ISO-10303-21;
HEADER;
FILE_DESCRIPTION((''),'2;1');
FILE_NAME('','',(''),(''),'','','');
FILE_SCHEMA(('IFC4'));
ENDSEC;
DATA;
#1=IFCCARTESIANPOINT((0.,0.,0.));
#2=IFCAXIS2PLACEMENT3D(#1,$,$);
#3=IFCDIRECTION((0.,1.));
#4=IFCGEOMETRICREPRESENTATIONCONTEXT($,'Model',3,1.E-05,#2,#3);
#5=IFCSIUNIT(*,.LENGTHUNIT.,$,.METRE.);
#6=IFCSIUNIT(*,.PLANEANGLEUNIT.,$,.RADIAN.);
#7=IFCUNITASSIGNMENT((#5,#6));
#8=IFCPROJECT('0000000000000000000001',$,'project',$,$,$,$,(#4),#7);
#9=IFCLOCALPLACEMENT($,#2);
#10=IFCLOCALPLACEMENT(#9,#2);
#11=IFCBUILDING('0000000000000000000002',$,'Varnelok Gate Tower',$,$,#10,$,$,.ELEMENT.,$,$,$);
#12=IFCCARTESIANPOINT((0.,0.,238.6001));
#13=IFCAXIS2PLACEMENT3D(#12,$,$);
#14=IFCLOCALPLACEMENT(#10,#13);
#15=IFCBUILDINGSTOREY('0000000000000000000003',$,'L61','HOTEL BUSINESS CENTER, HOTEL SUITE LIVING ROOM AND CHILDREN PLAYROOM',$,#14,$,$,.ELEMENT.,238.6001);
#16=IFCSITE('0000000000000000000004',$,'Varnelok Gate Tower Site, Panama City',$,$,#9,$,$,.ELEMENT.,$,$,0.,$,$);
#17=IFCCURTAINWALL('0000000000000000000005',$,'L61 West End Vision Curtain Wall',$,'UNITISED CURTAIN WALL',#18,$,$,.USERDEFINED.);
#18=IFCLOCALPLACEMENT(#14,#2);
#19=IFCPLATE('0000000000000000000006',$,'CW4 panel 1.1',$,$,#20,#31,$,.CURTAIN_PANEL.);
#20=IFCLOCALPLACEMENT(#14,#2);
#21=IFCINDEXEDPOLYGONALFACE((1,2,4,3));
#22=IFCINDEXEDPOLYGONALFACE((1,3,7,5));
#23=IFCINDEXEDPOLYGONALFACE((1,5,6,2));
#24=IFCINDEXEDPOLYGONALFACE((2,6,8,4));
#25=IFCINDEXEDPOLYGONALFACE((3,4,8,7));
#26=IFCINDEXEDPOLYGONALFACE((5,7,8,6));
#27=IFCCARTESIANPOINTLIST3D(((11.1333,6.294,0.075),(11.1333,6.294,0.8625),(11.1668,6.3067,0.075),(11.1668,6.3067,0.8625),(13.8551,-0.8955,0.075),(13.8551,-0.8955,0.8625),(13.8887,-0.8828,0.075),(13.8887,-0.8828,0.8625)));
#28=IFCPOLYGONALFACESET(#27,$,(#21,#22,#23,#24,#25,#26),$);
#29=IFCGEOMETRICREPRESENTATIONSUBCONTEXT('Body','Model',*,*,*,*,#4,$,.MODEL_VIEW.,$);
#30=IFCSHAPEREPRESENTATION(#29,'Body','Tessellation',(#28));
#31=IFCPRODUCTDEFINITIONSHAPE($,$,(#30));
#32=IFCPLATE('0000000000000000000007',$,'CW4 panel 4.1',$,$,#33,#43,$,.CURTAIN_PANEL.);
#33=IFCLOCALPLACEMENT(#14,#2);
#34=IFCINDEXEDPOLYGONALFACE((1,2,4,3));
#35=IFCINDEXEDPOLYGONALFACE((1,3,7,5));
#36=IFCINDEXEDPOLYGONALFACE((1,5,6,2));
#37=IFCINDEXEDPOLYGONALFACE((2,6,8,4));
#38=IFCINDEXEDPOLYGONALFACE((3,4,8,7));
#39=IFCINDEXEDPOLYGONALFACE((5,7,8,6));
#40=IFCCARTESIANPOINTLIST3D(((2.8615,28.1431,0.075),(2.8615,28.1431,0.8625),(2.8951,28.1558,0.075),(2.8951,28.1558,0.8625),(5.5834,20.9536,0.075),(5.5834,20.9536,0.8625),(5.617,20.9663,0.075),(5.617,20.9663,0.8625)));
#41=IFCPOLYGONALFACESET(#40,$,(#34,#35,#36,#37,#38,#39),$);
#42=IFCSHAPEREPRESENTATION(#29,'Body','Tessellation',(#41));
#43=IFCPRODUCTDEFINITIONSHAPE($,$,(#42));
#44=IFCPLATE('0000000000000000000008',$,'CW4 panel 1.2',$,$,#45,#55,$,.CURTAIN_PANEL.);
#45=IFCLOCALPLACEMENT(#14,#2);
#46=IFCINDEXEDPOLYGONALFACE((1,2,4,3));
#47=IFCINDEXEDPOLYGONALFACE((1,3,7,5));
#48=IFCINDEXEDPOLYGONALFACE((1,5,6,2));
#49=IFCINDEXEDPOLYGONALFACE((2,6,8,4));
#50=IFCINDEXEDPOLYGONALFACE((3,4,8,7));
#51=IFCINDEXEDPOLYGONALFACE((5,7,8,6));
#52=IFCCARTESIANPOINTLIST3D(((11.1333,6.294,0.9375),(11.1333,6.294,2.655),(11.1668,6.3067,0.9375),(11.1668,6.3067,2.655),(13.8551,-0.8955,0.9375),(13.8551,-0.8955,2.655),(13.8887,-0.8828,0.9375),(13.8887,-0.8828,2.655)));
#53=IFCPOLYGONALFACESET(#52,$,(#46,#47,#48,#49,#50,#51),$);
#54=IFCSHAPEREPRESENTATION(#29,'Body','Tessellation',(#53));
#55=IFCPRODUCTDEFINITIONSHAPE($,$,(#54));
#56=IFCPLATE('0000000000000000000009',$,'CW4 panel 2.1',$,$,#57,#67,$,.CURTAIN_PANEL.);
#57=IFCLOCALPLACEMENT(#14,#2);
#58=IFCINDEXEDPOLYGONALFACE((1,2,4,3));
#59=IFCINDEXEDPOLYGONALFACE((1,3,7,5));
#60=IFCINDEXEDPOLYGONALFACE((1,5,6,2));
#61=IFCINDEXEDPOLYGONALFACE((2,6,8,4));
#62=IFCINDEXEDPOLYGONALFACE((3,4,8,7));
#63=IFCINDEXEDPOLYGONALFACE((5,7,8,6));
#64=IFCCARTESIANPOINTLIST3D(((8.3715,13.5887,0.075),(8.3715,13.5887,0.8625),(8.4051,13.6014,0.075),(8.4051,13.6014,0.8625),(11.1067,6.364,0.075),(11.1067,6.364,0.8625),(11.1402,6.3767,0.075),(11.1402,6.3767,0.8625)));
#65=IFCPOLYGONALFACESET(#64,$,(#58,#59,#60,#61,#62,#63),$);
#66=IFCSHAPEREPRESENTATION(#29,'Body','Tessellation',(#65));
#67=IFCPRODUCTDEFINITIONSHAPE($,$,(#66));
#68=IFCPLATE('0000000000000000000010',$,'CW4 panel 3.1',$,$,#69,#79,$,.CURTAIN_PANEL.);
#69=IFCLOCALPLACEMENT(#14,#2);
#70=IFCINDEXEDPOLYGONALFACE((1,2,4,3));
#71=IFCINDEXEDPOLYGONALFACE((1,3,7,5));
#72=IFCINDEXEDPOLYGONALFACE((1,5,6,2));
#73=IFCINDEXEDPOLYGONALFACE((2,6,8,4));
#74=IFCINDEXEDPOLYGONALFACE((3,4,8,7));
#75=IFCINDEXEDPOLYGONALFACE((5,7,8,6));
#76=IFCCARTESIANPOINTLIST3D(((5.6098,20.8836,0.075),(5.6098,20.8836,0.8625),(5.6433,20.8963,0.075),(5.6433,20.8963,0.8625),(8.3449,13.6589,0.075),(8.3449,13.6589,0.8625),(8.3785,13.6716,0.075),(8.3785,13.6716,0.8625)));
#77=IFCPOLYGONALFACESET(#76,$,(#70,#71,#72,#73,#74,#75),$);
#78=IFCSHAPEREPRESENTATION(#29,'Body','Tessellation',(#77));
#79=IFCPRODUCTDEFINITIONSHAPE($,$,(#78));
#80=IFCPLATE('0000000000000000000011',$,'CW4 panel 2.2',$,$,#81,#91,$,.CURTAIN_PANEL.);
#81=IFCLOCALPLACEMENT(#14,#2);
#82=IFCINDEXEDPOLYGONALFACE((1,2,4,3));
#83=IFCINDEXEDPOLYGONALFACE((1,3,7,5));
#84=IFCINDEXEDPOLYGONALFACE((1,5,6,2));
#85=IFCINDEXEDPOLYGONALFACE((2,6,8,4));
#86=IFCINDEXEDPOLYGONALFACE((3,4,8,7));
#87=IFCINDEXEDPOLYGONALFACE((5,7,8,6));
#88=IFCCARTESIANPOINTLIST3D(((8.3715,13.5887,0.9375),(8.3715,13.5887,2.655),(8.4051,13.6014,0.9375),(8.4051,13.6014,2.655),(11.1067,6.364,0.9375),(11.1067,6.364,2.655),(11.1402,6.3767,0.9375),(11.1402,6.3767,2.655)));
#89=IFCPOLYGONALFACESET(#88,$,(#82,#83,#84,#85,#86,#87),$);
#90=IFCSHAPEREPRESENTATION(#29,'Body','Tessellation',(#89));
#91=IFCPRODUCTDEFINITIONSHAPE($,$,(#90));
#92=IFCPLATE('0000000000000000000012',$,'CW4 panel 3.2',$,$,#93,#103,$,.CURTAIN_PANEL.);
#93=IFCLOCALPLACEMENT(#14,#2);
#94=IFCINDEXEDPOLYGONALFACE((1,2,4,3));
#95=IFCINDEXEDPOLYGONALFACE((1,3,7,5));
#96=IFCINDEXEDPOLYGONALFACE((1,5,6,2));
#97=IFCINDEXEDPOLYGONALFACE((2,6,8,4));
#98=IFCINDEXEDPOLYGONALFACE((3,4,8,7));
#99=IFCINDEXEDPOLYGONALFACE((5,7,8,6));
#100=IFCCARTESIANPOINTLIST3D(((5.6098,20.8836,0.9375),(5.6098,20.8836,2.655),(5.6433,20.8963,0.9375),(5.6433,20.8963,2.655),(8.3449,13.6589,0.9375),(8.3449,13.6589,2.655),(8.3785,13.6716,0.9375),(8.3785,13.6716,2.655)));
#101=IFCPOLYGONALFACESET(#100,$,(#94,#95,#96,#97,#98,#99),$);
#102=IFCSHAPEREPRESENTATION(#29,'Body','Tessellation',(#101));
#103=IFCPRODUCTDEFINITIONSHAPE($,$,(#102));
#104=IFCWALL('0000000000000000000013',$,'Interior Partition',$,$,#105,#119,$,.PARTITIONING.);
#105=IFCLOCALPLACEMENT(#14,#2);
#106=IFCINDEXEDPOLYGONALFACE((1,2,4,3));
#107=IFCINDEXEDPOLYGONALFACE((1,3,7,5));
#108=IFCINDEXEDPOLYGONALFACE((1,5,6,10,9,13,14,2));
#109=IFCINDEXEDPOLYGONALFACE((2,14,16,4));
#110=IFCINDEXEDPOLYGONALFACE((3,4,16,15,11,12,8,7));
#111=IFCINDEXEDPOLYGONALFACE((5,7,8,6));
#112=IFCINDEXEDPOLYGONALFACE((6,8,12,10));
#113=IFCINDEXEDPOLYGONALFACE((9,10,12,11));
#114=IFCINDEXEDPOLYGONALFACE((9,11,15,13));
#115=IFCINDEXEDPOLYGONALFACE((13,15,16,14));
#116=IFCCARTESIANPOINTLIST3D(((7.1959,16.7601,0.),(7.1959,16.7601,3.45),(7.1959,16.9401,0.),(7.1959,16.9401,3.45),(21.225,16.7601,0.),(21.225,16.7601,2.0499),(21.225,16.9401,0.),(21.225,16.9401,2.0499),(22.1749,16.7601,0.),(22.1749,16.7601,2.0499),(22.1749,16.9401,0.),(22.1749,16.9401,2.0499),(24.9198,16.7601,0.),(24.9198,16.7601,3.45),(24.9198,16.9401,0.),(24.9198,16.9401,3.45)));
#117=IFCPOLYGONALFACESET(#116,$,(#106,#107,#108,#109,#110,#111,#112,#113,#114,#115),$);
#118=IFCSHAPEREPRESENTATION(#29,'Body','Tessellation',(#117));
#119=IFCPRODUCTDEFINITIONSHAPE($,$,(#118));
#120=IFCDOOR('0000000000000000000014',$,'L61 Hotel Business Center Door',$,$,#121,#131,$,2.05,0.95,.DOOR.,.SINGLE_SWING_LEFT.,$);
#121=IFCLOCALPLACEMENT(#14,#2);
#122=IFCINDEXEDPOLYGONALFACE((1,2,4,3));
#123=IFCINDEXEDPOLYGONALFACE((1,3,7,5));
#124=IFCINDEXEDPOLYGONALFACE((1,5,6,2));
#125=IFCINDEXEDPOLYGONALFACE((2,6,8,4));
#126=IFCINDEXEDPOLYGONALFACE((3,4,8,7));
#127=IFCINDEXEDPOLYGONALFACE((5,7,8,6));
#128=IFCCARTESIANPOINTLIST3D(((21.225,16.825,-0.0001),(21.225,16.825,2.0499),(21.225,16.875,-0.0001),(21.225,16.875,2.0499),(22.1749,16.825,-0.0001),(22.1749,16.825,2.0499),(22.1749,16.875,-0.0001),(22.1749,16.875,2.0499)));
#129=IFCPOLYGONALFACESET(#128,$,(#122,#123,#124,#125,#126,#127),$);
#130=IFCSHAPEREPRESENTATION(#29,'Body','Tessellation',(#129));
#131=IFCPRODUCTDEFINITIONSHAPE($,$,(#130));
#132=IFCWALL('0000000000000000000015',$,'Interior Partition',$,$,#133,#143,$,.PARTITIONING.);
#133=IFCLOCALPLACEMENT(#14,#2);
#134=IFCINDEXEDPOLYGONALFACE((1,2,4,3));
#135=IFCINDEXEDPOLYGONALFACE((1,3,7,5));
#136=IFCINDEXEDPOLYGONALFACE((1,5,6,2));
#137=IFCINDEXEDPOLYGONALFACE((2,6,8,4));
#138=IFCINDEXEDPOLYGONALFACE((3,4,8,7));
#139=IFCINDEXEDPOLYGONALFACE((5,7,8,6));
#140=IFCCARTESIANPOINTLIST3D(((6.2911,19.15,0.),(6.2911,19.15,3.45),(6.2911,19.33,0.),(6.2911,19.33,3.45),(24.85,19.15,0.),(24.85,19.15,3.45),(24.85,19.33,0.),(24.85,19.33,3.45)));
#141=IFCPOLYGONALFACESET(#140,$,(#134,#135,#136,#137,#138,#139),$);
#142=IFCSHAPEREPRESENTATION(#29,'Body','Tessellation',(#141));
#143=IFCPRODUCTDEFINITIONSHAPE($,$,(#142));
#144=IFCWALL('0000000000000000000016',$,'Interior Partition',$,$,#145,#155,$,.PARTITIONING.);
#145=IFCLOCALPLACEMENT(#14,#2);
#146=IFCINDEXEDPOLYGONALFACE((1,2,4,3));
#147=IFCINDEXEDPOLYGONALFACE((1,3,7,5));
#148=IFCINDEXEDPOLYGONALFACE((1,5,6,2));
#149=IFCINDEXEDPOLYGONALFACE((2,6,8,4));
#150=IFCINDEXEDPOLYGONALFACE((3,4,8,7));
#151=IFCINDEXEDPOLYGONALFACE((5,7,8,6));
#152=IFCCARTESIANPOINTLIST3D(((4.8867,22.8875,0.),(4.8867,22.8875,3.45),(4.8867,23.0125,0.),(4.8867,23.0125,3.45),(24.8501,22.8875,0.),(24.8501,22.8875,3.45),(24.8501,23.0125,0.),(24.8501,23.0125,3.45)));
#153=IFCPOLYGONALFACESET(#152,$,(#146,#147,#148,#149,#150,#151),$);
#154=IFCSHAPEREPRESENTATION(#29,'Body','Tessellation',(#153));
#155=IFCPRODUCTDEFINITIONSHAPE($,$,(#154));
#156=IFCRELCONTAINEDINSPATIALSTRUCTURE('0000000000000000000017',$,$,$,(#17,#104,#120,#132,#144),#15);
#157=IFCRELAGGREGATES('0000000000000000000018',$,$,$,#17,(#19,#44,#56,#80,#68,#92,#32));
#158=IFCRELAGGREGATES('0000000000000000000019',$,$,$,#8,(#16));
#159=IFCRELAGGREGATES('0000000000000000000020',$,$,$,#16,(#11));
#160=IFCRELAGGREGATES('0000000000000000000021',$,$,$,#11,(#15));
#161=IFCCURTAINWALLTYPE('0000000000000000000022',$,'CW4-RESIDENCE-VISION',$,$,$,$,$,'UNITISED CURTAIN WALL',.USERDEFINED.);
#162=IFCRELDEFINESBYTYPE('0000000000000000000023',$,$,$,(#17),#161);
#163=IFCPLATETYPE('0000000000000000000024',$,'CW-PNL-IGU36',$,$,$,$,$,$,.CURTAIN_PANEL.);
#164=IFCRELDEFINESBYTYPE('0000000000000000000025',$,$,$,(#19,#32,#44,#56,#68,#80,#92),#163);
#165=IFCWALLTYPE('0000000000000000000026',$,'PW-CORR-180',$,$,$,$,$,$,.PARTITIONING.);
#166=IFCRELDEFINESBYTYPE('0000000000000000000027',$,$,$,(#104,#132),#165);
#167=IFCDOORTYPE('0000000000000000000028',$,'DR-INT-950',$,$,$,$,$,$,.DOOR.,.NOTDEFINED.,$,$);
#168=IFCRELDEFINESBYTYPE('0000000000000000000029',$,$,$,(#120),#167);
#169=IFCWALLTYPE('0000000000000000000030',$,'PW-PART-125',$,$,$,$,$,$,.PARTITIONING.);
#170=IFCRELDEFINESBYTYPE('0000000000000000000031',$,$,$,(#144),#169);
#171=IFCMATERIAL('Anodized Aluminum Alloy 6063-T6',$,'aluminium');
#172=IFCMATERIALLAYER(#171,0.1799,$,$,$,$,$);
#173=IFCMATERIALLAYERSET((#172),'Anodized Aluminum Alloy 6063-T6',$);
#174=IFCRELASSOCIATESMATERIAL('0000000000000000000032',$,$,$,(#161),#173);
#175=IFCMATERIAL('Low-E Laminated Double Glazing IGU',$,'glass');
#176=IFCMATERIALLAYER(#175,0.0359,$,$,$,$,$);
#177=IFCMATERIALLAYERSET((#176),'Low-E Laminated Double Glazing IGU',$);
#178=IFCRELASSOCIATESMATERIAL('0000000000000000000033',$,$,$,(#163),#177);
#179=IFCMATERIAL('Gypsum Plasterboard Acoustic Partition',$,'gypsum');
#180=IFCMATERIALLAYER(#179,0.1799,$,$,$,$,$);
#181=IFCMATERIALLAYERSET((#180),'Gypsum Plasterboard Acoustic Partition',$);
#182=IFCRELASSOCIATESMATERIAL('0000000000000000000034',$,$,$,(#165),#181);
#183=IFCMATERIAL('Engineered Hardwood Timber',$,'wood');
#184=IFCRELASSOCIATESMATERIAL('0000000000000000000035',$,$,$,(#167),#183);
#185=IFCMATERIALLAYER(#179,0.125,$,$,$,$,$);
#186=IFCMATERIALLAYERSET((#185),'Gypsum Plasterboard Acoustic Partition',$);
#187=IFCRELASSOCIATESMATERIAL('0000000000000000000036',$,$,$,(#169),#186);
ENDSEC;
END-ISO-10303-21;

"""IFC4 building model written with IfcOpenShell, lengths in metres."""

from ifc_helpers import new_model, si_unit, direction, frame, frame_2d, origin, origin_2d, place, context, subcontext, project, spatial, rectangle, extrude, source, transform, mapped, material, layer, layer_set, type_object, element, fill, aggregate, save


model = new_model("IFC4")

# Units and contexts
model_context = context("Model", 3, precision=1e-05, world=origin(), true_north=direction((0.0, 1.0)))
body_context = subcontext(model_context, "Body", "Model", "MODEL_VIEW")
ifc_project = project(units=[si_unit("LENGTHUNIT", "METRE"), si_unit("PLANEANGLEUNIT", "RADIAN")], contexts=[model_context])

# Site, building, storey
site_placement = place(None, origin())
site = spatial("IfcSite", under=ifc_project, at=site_placement, Name="Varnelok Gate Tower Site, Panama City", CompositionType="ELEMENT", RefElevation=0.0)
building_placement = place(site_placement, origin())
building = spatial("IfcBuilding", under=site, at=building_placement, Name="Varnelok Gate Tower", CompositionType="ELEMENT")
storey_placement = place(building_placement, frame((0.0, 0.0, 238.6001)))
storey = spatial("IfcBuildingStorey", under=building, at=storey_placement, Name="L61", Description="HOTEL BUSINESS CENTER, HOTEL SUITE LIVING ROOM AND CHILDREN PLAYROOM", CompositionType="ELEMENT", Elevation=238.6001)

# Curtain wall
ifc_material_1 = material(Name="Anodized Aluminum Alloy 6063-T6", Category="aluminium")
ifc_layer_1 = layer(ifc_material_1, 0.1799)
ifc_layer_set_1 = layer_set([ifc_layer_1], Name="Anodized Aluminum Alloy 6063-T6")
curtain_wall_type = type_object("IfcCurtainWallType", Name="CW4-RESIDENCE-VISION", ElementType="UNITISED CURTAIN WALL", PredefinedType="USERDEFINED", material=ifc_layer_set_1)
curtain_wall_placement = place(storey_placement, origin())
curtain_wall = element("IfcCurtainWall", 1, at=curtain_wall_placement, inside=storey, type_object=curtain_wall_type, Name="L61 West End Vision Curtain Wall", ObjectType="UNITISED CURTAIN WALL", PredefinedType="USERDEFINED")

# Plates
ifc_material_2 = material(Name="Low-E Laminated Double Glazing IGU", Category="glass")
ifc_layer_2 = layer(ifc_material_2, 0.0359)
ifc_layer_set_2 = layer_set([ifc_layer_2], Name="Low-E Laminated Double Glazing IGU")
plate_type = type_object("IfcPlateType", Name="CW-PNL-IGU36", PredefinedType="CURTAIN_PANEL", material=ifc_layer_set_2)
shared_shape_1 = source(origin(), body_context, "Body", "SweptSolid", [
    extrude(rectangle(XDim=7.6875, YDim=0.0359, at=origin_2d()), origin(), (0.0, 0.0, 1.0), 0.7876),
])
plate_1_placement = place(storey_placement, frame((12.511, 2.7056, 0.075), z_axis=(0.0, 0.0, 1.0), x_axis=(-0.354063, 0.935222, 0.0)))
plate_1 = element("IfcPlate", 2, at=plate_1_placement, type_object=plate_type, Name="CW4 panel 1.1", PredefinedType="CURTAIN_PANEL", context=body_context, shape_type="MappedRepresentation", body=[
    mapped(shared_shape_1, transform((0.0, 0.0, 0.0), scale=1.0)),
])
plate_2_placement = place(storey_placement, frame((4.2393, 24.5547, 0.075), z_axis=(0.0, 0.0, 1.0), x_axis=(-0.354063, 0.935222, 0.0)))
plate_2 = element("IfcPlate", 3, at=plate_2_placement, type_object=plate_type, Name="CW4 panel 4.1", PredefinedType="CURTAIN_PANEL", context=body_context, shape_type="MappedRepresentation", body=[
    mapped(shared_shape_1, transform((0.0, 0.0, 0.0), scale=1.0)),
])
shared_shape_2 = source(origin(), body_context, "Body", "SweptSolid", [
    extrude(rectangle(XDim=7.6875, YDim=0.0359, at=origin_2d()), origin(), (0.0, 0.0, 1.0), 1.7175),
])
plate_3_placement = place(storey_placement, frame((12.511, 2.7056, 0.9375), z_axis=(0.0, 0.0, 1.0), x_axis=(-0.354063, 0.935222, 0.0)))
plate_3 = element("IfcPlate", 4, at=plate_3_placement, type_object=plate_type, Name="CW4 panel 1.2", PredefinedType="CURTAIN_PANEL", context=body_context, shape_type="MappedRepresentation", body=[
    mapped(shared_shape_2, transform((0.0, 0.0, 0.0), scale=1.0)),
])
shared_shape_3 = source(origin(), body_context, "Body", "SweptSolid", [
    extrude(rectangle(XDim=7.7251, YDim=0.0359, at=origin_2d()), origin(), (0.0, 0.0, 1.0), 0.7876),
])
plate_4_placement = place(storey_placement, frame((9.7559, 9.9827, 0.075), z_axis=(0.0, 0.0, 1.0), x_axis=(-0.354063, 0.935222, 0.0)))
plate_4 = element("IfcPlate", 5, at=plate_4_placement, type_object=plate_type, Name="CW4 panel 2.1", PredefinedType="CURTAIN_PANEL", context=body_context, shape_type="MappedRepresentation", body=[
    mapped(shared_shape_3, transform((0.0, 0.0, 0.0), scale=1.0)),
])
plate_5_placement = place(storey_placement, frame((6.9941, 17.2776, 0.075), z_axis=(0.0, 0.0, 1.0), x_axis=(-0.354063, 0.935222, 0.0)))
plate_5 = element("IfcPlate", 6, at=plate_5_placement, type_object=plate_type, Name="CW4 panel 3.1", PredefinedType="CURTAIN_PANEL", context=body_context, shape_type="MappedRepresentation", body=[
    mapped(shared_shape_3, transform((0.0, 0.0, 0.0), scale=1.0)),
])
shared_shape_4 = source(origin(), body_context, "Body", "SweptSolid", [
    extrude(rectangle(XDim=7.7251, YDim=0.0359, at=origin_2d()), origin(), (0.0, 0.0, 1.0), 1.7175),
])
plate_6_placement = place(storey_placement, frame((9.7559, 9.9827, 0.9375), z_axis=(0.0, 0.0, 1.0), x_axis=(-0.354063, 0.935222, 0.0)))
plate_6 = element("IfcPlate", 7, at=plate_6_placement, type_object=plate_type, Name="CW4 panel 2.2", PredefinedType="CURTAIN_PANEL", context=body_context, shape_type="MappedRepresentation", body=[
    mapped(shared_shape_4, transform((0.0, 0.0, 0.0), scale=1.0)),
])
plate_7_placement = place(storey_placement, frame((6.9941, 17.2776, 0.9375), z_axis=(0.0, 0.0, 1.0), x_axis=(-0.354063, 0.935222, 0.0)))
plate_7 = element("IfcPlate", 8, at=plate_7_placement, type_object=plate_type, Name="CW4 panel 3.2", PredefinedType="CURTAIN_PANEL", context=body_context, shape_type="MappedRepresentation", body=[
    mapped(shared_shape_4, transform((0.0, 0.0, 0.0), scale=1.0)),
])
aggregate(curtain_wall, [plate_1, plate_3, plate_4, plate_6, plate_5, plate_7, plate_2])

# Wall, opening, door
ifc_material_3 = material(Name="Gypsum Plasterboard Acoustic Partition", Category="gypsum")
ifc_layer_3 = layer(ifc_material_3, 0.1799)
ifc_layer_set_3 = layer_set([ifc_layer_3], Name="Gypsum Plasterboard Acoustic Partition")
wall_type_1 = type_object("IfcWallType", Name="PW-CORR-180", PredefinedType="PARTITIONING", material=ifc_layer_set_3)
wall_1_placement = place(storey_placement, frame((7.196, 16.8501, 0.0), z_axis=(0.0, 0.0, 1.0), x_axis=(1.0, 0.0, 0.0)))
wall_1 = element("IfcWall", 9, at=wall_1_placement, inside=storey, type_object=wall_type_1, Name="Interior Partition", PredefinedType="PARTITIONING", context=body_context, shape_type="SweptSolid", body=[
    extrude(rectangle(XDim=17.7239, YDim=0.1799, at=frame_2d((8.8618, 0.0))), origin(), (0.0, 0.0, 1.0), 3.45),
])
opening_placement = place(wall_1_placement, frame((14.0288, 0.0, 0.0)))
opening = element("IfcOpeningElement", 10, at=opening_placement, cuts=wall_1, PredefinedType="OPENING", context=body_context, shape_type="SweptSolid", body=[
    extrude(rectangle(XDim=0.95, YDim=2.05, at=frame_2d((0.4751, 1.0249))), frame((0.0, 0.0999, 0.0), z_axis=(0.0, -1.0, 0.0), x_axis=(1.0, 0.0, 0.0)), (0.0, 0.0, 1.0), 0.2),
])
ifc_material_4 = material(Name="Engineered Hardwood Timber", Category="wood")
door_type = type_object("IfcDoorType", Name="DR-INT-950", OperationType="NOTDEFINED", PredefinedType="DOOR", material=ifc_material_4)
door_placement = place(opening_placement, origin())
door = element("IfcDoor", 11, at=door_placement, inside=storey, type_object=door_type, Name="L61 Hotel Business Center Door", OperationType="SINGLE_SWING_LEFT", OverallHeight=2.05, OverallWidth=0.95, PredefinedType="DOOR", context=body_context, shape_type="SweptSolid", body=[
    extrude(rectangle(XDim=0.95, YDim=2.05, at=frame_2d((0.4751, 1.0249))), frame((0.0, 0.0249, 0.0), z_axis=(0.0, -1.0, 0.0), x_axis=(1.0, 0.0, 0.0)), (0.0, 0.0, 1.0), 0.05),
])
fill(opening, door)

# Walls
wall_2_placement = place(storey_placement, frame((6.2913, 19.24, 0.0), z_axis=(0.0, 0.0, 1.0), x_axis=(1.0, 0.0, 0.0)))
element("IfcWall", 12, at=wall_2_placement, inside=storey, type_object=wall_type_1, Name="Interior Partition", PredefinedType="PARTITIONING", context=body_context, shape_type="SweptSolid", body=[
    extrude(rectangle(XDim=18.5588, YDim=0.1799, at=frame_2d((9.2793, 0.0))), origin(), (0.0, 0.0, 1.0), 3.45),
])
ifc_layer_4 = layer(ifc_material_3, 0.125)
ifc_layer_set_4 = layer_set([ifc_layer_4], Name="Gypsum Plasterboard Acoustic Partition")
wall_type_2 = type_object("IfcWallType", Name="PW-PART-125", PredefinedType="PARTITIONING", material=ifc_layer_set_4)
wall_3_placement = place(storey_placement, frame((4.8867, 22.95, 0.0), z_axis=(0.0, 0.0, 1.0), x_axis=(1.0, 0.0, 0.0)))
element("IfcWall", 13, at=wall_3_placement, inside=storey, type_object=wall_type_2, Name="Interior Partition", PredefinedType="PARTITIONING", context=body_context, shape_type="SweptSolid", body=[
    extrude(rectangle(XDim=19.9634, YDim=0.125, at=frame_2d((9.9817, 0.0))), origin(), (0.0, 0.0, 1.0), 3.45),
])

save(model, "model.ifc")
